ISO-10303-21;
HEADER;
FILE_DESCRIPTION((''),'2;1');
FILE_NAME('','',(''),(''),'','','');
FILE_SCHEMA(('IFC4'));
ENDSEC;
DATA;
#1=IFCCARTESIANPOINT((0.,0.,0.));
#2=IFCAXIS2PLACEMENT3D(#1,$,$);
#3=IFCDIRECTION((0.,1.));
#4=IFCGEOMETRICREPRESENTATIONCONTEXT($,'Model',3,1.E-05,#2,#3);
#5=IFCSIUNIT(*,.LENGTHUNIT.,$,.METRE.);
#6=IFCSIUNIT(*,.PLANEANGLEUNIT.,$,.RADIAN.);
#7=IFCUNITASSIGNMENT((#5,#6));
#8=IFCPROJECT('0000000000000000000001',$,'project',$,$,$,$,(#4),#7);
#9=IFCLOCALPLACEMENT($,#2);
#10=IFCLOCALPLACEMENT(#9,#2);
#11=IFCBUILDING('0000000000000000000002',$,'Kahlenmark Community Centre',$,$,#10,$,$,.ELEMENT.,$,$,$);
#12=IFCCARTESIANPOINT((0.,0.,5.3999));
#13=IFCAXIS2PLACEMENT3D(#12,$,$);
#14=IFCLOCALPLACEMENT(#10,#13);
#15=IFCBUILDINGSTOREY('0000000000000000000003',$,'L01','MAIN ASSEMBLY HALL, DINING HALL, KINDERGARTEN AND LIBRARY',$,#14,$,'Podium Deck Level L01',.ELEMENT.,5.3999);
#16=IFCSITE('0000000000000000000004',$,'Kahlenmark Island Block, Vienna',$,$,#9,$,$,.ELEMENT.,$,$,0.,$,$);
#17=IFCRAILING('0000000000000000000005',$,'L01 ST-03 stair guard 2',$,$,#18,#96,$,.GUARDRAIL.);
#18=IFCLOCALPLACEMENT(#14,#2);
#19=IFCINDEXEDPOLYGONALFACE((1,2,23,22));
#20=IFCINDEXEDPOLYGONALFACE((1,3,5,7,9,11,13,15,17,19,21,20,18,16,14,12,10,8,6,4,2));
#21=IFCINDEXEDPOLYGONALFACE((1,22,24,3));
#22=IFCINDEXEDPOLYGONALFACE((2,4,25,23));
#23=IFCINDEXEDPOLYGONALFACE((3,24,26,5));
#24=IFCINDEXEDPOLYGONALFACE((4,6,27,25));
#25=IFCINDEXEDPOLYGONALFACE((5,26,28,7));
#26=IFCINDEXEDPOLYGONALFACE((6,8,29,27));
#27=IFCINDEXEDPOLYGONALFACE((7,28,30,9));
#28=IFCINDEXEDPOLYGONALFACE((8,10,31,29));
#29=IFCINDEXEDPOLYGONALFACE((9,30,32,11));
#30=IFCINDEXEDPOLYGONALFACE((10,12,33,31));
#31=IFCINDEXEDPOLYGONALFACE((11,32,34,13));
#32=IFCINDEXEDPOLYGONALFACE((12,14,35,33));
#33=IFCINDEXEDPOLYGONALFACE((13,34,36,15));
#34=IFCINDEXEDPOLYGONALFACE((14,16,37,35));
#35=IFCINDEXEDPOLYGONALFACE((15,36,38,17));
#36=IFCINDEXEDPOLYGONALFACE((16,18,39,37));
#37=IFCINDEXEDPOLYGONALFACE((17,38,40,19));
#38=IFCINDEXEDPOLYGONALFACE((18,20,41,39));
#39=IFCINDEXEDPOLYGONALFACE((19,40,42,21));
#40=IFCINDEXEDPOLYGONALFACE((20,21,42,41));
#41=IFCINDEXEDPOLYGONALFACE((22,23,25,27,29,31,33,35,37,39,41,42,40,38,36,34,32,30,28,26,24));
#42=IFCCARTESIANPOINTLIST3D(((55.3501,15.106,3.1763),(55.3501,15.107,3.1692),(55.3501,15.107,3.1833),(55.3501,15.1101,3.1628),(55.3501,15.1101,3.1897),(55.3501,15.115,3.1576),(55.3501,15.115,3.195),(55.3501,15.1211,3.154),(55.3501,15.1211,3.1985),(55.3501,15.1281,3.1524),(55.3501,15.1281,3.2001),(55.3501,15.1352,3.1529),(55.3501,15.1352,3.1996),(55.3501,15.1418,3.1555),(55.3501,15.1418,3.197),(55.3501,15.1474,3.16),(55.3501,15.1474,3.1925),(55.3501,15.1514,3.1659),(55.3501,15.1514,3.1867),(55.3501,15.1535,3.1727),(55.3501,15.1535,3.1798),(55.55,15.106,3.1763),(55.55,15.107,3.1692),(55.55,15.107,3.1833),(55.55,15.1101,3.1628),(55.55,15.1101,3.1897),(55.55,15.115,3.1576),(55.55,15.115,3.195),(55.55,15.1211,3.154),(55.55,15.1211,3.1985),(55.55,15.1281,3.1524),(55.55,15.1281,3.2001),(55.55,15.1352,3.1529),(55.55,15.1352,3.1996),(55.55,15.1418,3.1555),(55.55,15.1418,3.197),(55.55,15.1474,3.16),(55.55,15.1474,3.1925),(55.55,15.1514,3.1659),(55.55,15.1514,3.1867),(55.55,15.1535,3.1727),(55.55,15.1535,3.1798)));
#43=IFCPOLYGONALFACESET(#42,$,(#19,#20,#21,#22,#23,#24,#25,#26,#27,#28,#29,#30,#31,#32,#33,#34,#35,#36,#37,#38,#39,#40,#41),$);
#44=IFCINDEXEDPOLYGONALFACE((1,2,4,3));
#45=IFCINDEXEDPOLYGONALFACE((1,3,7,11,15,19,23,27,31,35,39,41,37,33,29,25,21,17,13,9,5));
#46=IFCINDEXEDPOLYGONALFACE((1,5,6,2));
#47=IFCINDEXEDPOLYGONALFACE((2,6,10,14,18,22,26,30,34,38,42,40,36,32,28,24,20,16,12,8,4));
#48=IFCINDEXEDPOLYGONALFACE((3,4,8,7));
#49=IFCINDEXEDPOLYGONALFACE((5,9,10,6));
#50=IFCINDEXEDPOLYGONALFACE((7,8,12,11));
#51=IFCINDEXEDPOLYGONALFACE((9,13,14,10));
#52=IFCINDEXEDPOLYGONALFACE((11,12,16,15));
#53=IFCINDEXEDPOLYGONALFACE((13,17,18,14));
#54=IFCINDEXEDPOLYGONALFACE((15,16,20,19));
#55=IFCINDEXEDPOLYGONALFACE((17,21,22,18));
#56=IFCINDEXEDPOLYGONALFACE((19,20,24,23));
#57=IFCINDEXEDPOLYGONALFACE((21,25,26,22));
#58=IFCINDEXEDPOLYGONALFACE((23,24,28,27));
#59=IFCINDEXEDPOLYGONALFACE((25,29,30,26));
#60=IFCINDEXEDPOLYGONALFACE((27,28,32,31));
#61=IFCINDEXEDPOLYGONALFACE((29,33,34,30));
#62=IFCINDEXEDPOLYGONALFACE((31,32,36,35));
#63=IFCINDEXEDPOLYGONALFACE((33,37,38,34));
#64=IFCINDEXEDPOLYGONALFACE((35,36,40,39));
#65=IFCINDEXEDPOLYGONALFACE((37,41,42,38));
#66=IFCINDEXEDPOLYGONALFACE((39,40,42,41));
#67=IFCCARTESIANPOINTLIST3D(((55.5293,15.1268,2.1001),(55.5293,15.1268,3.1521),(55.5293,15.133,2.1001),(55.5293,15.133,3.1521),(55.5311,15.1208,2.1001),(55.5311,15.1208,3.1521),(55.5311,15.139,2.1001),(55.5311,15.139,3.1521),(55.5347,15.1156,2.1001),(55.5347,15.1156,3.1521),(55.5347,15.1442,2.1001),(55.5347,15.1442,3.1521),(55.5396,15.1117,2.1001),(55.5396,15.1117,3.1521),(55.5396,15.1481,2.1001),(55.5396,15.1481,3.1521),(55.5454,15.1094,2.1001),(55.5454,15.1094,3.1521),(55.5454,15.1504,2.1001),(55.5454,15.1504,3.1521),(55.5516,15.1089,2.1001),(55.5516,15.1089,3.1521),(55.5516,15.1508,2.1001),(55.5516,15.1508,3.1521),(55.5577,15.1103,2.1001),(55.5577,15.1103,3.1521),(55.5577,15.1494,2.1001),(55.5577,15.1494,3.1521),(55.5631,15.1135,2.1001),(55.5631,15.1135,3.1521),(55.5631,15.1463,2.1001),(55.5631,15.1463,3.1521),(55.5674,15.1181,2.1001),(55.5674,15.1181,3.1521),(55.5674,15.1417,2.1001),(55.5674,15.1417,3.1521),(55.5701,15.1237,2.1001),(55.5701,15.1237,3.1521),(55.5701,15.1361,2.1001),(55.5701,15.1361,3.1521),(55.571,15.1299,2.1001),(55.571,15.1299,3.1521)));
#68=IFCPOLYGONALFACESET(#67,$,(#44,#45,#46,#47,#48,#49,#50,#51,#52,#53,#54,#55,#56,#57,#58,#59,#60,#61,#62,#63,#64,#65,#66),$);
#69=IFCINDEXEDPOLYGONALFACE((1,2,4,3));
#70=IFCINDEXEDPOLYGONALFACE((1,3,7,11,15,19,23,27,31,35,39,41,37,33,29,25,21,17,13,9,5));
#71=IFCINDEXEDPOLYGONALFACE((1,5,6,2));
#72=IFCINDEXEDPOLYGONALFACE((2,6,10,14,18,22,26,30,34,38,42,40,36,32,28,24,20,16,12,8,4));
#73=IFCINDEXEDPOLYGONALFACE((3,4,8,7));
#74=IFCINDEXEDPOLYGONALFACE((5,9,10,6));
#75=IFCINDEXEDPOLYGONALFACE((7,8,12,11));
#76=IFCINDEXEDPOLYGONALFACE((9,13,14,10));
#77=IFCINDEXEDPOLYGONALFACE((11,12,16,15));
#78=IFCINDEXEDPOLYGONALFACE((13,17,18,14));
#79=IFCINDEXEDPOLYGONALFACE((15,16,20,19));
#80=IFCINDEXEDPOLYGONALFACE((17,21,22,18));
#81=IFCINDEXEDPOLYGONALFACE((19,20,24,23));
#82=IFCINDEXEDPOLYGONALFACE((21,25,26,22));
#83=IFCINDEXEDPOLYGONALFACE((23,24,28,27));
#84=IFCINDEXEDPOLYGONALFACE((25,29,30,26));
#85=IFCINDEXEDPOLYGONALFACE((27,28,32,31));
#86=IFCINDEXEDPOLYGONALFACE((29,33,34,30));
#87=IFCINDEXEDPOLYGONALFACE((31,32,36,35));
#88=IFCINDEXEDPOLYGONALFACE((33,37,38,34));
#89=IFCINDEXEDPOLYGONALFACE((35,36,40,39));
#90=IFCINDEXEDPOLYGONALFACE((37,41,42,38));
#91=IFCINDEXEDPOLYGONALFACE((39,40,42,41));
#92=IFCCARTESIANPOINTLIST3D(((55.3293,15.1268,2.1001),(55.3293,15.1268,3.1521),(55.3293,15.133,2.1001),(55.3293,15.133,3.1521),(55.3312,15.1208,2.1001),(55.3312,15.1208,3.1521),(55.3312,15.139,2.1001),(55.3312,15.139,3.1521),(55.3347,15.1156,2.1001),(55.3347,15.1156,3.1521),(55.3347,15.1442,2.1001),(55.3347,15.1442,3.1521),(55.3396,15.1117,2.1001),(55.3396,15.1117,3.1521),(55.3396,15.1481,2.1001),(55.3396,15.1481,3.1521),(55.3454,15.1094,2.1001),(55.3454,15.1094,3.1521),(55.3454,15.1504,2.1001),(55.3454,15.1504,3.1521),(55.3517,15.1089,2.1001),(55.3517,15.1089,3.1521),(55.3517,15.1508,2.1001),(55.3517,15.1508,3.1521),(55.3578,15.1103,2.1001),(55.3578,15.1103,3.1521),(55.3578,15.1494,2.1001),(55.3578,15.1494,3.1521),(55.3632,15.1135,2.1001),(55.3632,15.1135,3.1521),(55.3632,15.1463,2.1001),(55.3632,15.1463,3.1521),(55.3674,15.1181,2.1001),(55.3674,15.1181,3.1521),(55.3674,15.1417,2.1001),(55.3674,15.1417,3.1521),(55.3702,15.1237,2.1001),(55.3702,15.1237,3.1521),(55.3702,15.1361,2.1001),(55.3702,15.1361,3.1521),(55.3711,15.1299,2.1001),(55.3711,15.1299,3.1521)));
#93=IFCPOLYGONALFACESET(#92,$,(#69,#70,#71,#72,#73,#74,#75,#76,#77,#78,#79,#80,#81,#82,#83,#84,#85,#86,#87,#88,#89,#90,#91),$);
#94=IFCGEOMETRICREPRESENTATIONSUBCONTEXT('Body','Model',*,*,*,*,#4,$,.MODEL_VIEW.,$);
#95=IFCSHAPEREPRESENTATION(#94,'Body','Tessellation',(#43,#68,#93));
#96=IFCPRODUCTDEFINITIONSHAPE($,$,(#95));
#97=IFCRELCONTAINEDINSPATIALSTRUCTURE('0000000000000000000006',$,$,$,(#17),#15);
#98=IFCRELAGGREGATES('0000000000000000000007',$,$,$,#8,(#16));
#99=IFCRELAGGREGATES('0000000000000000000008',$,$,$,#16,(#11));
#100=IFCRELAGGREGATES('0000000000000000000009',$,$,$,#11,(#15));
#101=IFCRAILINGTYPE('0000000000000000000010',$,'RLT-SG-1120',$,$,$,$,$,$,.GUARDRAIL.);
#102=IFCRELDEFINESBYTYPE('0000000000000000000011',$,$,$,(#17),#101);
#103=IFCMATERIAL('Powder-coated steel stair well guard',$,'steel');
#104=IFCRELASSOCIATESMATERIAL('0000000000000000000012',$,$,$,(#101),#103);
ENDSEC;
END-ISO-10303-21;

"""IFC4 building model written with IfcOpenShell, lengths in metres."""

from ifc_helpers import new_model, si_unit, direction, frame, origin, origin_2d, place, context, subcontext, project, spatial, circle, extrude, material, type_object, element, save


model = new_model("IFC4")

# Units and contexts
model_context = context("Model", 3, precision=1e-05, world=origin(), true_north=direction((0.0, 1.0)))
body_context = subcontext(model_context, "Body", "Model", "MODEL_VIEW")
ifc_project = project(units=[si_unit("LENGTHUNIT", "METRE"), si_unit("PLANEANGLEUNIT", "RADIAN")], contexts=[model_context])

# Site, building, storey
site_placement = place(None, origin())
site = spatial("IfcSite", under=ifc_project, at=site_placement, Name="Kahlenmark Island Block, Vienna", CompositionType="ELEMENT", RefElevation=0.0)
building_placement = place(site_placement, origin())
building = spatial("IfcBuilding", under=site, at=building_placement, Name="Kahlenmark Community Centre", CompositionType="ELEMENT")
storey_placement = place(building_placement, frame((0.0, 0.0, 5.3999)))
storey = spatial("IfcBuildingStorey", under=building, at=storey_placement, Name="L01", Description="MAIN ASSEMBLY HALL, DINING HALL, KINDERGARTEN AND LIBRARY", LongName="Podium Deck Level L01", CompositionType="ELEMENT", Elevation=5.3999)

# Railing
ifc_material_1 = material(Name="Powder-coated steel stair well guard", Category="steel")
railing_type_1 = type_object("IfcRailingType", Name="RLT-SG-1120", PredefinedType="GUARDRAIL", material=ifc_material_1)
railing_1_placement = place(storey_placement, frame((55.55, 15.1299, 2.1001)))
element("IfcRailing", 1, at=railing_1_placement, inside=storey, type_object=railing_type_1, Name="L01 ST-03 stair guard 2", PredefinedType="GUARDRAIL", context=body_context, shape_type="SweptSolid", body=[
    extrude(circle(Radius=0.0239, at=origin_2d()), frame((0.0, 0.0, 1.0762), z_axis=(-1.0, 0.0, 0.0), x_axis=(0.0, -1.0, 0.0)), (0.0, 0.0, 1.0), 0.2),
    extrude(circle(Radius=0.021, at=origin_2d()), origin(), (0.0, 0.0, 1.0), 1.052),
    extrude(circle(Radius=0.021, at=origin_2d()), frame((-0.2, 0.0, 0.0)), (0.0, 0.0, 1.0), 1.052),
])

save(model, "model.ifc")
